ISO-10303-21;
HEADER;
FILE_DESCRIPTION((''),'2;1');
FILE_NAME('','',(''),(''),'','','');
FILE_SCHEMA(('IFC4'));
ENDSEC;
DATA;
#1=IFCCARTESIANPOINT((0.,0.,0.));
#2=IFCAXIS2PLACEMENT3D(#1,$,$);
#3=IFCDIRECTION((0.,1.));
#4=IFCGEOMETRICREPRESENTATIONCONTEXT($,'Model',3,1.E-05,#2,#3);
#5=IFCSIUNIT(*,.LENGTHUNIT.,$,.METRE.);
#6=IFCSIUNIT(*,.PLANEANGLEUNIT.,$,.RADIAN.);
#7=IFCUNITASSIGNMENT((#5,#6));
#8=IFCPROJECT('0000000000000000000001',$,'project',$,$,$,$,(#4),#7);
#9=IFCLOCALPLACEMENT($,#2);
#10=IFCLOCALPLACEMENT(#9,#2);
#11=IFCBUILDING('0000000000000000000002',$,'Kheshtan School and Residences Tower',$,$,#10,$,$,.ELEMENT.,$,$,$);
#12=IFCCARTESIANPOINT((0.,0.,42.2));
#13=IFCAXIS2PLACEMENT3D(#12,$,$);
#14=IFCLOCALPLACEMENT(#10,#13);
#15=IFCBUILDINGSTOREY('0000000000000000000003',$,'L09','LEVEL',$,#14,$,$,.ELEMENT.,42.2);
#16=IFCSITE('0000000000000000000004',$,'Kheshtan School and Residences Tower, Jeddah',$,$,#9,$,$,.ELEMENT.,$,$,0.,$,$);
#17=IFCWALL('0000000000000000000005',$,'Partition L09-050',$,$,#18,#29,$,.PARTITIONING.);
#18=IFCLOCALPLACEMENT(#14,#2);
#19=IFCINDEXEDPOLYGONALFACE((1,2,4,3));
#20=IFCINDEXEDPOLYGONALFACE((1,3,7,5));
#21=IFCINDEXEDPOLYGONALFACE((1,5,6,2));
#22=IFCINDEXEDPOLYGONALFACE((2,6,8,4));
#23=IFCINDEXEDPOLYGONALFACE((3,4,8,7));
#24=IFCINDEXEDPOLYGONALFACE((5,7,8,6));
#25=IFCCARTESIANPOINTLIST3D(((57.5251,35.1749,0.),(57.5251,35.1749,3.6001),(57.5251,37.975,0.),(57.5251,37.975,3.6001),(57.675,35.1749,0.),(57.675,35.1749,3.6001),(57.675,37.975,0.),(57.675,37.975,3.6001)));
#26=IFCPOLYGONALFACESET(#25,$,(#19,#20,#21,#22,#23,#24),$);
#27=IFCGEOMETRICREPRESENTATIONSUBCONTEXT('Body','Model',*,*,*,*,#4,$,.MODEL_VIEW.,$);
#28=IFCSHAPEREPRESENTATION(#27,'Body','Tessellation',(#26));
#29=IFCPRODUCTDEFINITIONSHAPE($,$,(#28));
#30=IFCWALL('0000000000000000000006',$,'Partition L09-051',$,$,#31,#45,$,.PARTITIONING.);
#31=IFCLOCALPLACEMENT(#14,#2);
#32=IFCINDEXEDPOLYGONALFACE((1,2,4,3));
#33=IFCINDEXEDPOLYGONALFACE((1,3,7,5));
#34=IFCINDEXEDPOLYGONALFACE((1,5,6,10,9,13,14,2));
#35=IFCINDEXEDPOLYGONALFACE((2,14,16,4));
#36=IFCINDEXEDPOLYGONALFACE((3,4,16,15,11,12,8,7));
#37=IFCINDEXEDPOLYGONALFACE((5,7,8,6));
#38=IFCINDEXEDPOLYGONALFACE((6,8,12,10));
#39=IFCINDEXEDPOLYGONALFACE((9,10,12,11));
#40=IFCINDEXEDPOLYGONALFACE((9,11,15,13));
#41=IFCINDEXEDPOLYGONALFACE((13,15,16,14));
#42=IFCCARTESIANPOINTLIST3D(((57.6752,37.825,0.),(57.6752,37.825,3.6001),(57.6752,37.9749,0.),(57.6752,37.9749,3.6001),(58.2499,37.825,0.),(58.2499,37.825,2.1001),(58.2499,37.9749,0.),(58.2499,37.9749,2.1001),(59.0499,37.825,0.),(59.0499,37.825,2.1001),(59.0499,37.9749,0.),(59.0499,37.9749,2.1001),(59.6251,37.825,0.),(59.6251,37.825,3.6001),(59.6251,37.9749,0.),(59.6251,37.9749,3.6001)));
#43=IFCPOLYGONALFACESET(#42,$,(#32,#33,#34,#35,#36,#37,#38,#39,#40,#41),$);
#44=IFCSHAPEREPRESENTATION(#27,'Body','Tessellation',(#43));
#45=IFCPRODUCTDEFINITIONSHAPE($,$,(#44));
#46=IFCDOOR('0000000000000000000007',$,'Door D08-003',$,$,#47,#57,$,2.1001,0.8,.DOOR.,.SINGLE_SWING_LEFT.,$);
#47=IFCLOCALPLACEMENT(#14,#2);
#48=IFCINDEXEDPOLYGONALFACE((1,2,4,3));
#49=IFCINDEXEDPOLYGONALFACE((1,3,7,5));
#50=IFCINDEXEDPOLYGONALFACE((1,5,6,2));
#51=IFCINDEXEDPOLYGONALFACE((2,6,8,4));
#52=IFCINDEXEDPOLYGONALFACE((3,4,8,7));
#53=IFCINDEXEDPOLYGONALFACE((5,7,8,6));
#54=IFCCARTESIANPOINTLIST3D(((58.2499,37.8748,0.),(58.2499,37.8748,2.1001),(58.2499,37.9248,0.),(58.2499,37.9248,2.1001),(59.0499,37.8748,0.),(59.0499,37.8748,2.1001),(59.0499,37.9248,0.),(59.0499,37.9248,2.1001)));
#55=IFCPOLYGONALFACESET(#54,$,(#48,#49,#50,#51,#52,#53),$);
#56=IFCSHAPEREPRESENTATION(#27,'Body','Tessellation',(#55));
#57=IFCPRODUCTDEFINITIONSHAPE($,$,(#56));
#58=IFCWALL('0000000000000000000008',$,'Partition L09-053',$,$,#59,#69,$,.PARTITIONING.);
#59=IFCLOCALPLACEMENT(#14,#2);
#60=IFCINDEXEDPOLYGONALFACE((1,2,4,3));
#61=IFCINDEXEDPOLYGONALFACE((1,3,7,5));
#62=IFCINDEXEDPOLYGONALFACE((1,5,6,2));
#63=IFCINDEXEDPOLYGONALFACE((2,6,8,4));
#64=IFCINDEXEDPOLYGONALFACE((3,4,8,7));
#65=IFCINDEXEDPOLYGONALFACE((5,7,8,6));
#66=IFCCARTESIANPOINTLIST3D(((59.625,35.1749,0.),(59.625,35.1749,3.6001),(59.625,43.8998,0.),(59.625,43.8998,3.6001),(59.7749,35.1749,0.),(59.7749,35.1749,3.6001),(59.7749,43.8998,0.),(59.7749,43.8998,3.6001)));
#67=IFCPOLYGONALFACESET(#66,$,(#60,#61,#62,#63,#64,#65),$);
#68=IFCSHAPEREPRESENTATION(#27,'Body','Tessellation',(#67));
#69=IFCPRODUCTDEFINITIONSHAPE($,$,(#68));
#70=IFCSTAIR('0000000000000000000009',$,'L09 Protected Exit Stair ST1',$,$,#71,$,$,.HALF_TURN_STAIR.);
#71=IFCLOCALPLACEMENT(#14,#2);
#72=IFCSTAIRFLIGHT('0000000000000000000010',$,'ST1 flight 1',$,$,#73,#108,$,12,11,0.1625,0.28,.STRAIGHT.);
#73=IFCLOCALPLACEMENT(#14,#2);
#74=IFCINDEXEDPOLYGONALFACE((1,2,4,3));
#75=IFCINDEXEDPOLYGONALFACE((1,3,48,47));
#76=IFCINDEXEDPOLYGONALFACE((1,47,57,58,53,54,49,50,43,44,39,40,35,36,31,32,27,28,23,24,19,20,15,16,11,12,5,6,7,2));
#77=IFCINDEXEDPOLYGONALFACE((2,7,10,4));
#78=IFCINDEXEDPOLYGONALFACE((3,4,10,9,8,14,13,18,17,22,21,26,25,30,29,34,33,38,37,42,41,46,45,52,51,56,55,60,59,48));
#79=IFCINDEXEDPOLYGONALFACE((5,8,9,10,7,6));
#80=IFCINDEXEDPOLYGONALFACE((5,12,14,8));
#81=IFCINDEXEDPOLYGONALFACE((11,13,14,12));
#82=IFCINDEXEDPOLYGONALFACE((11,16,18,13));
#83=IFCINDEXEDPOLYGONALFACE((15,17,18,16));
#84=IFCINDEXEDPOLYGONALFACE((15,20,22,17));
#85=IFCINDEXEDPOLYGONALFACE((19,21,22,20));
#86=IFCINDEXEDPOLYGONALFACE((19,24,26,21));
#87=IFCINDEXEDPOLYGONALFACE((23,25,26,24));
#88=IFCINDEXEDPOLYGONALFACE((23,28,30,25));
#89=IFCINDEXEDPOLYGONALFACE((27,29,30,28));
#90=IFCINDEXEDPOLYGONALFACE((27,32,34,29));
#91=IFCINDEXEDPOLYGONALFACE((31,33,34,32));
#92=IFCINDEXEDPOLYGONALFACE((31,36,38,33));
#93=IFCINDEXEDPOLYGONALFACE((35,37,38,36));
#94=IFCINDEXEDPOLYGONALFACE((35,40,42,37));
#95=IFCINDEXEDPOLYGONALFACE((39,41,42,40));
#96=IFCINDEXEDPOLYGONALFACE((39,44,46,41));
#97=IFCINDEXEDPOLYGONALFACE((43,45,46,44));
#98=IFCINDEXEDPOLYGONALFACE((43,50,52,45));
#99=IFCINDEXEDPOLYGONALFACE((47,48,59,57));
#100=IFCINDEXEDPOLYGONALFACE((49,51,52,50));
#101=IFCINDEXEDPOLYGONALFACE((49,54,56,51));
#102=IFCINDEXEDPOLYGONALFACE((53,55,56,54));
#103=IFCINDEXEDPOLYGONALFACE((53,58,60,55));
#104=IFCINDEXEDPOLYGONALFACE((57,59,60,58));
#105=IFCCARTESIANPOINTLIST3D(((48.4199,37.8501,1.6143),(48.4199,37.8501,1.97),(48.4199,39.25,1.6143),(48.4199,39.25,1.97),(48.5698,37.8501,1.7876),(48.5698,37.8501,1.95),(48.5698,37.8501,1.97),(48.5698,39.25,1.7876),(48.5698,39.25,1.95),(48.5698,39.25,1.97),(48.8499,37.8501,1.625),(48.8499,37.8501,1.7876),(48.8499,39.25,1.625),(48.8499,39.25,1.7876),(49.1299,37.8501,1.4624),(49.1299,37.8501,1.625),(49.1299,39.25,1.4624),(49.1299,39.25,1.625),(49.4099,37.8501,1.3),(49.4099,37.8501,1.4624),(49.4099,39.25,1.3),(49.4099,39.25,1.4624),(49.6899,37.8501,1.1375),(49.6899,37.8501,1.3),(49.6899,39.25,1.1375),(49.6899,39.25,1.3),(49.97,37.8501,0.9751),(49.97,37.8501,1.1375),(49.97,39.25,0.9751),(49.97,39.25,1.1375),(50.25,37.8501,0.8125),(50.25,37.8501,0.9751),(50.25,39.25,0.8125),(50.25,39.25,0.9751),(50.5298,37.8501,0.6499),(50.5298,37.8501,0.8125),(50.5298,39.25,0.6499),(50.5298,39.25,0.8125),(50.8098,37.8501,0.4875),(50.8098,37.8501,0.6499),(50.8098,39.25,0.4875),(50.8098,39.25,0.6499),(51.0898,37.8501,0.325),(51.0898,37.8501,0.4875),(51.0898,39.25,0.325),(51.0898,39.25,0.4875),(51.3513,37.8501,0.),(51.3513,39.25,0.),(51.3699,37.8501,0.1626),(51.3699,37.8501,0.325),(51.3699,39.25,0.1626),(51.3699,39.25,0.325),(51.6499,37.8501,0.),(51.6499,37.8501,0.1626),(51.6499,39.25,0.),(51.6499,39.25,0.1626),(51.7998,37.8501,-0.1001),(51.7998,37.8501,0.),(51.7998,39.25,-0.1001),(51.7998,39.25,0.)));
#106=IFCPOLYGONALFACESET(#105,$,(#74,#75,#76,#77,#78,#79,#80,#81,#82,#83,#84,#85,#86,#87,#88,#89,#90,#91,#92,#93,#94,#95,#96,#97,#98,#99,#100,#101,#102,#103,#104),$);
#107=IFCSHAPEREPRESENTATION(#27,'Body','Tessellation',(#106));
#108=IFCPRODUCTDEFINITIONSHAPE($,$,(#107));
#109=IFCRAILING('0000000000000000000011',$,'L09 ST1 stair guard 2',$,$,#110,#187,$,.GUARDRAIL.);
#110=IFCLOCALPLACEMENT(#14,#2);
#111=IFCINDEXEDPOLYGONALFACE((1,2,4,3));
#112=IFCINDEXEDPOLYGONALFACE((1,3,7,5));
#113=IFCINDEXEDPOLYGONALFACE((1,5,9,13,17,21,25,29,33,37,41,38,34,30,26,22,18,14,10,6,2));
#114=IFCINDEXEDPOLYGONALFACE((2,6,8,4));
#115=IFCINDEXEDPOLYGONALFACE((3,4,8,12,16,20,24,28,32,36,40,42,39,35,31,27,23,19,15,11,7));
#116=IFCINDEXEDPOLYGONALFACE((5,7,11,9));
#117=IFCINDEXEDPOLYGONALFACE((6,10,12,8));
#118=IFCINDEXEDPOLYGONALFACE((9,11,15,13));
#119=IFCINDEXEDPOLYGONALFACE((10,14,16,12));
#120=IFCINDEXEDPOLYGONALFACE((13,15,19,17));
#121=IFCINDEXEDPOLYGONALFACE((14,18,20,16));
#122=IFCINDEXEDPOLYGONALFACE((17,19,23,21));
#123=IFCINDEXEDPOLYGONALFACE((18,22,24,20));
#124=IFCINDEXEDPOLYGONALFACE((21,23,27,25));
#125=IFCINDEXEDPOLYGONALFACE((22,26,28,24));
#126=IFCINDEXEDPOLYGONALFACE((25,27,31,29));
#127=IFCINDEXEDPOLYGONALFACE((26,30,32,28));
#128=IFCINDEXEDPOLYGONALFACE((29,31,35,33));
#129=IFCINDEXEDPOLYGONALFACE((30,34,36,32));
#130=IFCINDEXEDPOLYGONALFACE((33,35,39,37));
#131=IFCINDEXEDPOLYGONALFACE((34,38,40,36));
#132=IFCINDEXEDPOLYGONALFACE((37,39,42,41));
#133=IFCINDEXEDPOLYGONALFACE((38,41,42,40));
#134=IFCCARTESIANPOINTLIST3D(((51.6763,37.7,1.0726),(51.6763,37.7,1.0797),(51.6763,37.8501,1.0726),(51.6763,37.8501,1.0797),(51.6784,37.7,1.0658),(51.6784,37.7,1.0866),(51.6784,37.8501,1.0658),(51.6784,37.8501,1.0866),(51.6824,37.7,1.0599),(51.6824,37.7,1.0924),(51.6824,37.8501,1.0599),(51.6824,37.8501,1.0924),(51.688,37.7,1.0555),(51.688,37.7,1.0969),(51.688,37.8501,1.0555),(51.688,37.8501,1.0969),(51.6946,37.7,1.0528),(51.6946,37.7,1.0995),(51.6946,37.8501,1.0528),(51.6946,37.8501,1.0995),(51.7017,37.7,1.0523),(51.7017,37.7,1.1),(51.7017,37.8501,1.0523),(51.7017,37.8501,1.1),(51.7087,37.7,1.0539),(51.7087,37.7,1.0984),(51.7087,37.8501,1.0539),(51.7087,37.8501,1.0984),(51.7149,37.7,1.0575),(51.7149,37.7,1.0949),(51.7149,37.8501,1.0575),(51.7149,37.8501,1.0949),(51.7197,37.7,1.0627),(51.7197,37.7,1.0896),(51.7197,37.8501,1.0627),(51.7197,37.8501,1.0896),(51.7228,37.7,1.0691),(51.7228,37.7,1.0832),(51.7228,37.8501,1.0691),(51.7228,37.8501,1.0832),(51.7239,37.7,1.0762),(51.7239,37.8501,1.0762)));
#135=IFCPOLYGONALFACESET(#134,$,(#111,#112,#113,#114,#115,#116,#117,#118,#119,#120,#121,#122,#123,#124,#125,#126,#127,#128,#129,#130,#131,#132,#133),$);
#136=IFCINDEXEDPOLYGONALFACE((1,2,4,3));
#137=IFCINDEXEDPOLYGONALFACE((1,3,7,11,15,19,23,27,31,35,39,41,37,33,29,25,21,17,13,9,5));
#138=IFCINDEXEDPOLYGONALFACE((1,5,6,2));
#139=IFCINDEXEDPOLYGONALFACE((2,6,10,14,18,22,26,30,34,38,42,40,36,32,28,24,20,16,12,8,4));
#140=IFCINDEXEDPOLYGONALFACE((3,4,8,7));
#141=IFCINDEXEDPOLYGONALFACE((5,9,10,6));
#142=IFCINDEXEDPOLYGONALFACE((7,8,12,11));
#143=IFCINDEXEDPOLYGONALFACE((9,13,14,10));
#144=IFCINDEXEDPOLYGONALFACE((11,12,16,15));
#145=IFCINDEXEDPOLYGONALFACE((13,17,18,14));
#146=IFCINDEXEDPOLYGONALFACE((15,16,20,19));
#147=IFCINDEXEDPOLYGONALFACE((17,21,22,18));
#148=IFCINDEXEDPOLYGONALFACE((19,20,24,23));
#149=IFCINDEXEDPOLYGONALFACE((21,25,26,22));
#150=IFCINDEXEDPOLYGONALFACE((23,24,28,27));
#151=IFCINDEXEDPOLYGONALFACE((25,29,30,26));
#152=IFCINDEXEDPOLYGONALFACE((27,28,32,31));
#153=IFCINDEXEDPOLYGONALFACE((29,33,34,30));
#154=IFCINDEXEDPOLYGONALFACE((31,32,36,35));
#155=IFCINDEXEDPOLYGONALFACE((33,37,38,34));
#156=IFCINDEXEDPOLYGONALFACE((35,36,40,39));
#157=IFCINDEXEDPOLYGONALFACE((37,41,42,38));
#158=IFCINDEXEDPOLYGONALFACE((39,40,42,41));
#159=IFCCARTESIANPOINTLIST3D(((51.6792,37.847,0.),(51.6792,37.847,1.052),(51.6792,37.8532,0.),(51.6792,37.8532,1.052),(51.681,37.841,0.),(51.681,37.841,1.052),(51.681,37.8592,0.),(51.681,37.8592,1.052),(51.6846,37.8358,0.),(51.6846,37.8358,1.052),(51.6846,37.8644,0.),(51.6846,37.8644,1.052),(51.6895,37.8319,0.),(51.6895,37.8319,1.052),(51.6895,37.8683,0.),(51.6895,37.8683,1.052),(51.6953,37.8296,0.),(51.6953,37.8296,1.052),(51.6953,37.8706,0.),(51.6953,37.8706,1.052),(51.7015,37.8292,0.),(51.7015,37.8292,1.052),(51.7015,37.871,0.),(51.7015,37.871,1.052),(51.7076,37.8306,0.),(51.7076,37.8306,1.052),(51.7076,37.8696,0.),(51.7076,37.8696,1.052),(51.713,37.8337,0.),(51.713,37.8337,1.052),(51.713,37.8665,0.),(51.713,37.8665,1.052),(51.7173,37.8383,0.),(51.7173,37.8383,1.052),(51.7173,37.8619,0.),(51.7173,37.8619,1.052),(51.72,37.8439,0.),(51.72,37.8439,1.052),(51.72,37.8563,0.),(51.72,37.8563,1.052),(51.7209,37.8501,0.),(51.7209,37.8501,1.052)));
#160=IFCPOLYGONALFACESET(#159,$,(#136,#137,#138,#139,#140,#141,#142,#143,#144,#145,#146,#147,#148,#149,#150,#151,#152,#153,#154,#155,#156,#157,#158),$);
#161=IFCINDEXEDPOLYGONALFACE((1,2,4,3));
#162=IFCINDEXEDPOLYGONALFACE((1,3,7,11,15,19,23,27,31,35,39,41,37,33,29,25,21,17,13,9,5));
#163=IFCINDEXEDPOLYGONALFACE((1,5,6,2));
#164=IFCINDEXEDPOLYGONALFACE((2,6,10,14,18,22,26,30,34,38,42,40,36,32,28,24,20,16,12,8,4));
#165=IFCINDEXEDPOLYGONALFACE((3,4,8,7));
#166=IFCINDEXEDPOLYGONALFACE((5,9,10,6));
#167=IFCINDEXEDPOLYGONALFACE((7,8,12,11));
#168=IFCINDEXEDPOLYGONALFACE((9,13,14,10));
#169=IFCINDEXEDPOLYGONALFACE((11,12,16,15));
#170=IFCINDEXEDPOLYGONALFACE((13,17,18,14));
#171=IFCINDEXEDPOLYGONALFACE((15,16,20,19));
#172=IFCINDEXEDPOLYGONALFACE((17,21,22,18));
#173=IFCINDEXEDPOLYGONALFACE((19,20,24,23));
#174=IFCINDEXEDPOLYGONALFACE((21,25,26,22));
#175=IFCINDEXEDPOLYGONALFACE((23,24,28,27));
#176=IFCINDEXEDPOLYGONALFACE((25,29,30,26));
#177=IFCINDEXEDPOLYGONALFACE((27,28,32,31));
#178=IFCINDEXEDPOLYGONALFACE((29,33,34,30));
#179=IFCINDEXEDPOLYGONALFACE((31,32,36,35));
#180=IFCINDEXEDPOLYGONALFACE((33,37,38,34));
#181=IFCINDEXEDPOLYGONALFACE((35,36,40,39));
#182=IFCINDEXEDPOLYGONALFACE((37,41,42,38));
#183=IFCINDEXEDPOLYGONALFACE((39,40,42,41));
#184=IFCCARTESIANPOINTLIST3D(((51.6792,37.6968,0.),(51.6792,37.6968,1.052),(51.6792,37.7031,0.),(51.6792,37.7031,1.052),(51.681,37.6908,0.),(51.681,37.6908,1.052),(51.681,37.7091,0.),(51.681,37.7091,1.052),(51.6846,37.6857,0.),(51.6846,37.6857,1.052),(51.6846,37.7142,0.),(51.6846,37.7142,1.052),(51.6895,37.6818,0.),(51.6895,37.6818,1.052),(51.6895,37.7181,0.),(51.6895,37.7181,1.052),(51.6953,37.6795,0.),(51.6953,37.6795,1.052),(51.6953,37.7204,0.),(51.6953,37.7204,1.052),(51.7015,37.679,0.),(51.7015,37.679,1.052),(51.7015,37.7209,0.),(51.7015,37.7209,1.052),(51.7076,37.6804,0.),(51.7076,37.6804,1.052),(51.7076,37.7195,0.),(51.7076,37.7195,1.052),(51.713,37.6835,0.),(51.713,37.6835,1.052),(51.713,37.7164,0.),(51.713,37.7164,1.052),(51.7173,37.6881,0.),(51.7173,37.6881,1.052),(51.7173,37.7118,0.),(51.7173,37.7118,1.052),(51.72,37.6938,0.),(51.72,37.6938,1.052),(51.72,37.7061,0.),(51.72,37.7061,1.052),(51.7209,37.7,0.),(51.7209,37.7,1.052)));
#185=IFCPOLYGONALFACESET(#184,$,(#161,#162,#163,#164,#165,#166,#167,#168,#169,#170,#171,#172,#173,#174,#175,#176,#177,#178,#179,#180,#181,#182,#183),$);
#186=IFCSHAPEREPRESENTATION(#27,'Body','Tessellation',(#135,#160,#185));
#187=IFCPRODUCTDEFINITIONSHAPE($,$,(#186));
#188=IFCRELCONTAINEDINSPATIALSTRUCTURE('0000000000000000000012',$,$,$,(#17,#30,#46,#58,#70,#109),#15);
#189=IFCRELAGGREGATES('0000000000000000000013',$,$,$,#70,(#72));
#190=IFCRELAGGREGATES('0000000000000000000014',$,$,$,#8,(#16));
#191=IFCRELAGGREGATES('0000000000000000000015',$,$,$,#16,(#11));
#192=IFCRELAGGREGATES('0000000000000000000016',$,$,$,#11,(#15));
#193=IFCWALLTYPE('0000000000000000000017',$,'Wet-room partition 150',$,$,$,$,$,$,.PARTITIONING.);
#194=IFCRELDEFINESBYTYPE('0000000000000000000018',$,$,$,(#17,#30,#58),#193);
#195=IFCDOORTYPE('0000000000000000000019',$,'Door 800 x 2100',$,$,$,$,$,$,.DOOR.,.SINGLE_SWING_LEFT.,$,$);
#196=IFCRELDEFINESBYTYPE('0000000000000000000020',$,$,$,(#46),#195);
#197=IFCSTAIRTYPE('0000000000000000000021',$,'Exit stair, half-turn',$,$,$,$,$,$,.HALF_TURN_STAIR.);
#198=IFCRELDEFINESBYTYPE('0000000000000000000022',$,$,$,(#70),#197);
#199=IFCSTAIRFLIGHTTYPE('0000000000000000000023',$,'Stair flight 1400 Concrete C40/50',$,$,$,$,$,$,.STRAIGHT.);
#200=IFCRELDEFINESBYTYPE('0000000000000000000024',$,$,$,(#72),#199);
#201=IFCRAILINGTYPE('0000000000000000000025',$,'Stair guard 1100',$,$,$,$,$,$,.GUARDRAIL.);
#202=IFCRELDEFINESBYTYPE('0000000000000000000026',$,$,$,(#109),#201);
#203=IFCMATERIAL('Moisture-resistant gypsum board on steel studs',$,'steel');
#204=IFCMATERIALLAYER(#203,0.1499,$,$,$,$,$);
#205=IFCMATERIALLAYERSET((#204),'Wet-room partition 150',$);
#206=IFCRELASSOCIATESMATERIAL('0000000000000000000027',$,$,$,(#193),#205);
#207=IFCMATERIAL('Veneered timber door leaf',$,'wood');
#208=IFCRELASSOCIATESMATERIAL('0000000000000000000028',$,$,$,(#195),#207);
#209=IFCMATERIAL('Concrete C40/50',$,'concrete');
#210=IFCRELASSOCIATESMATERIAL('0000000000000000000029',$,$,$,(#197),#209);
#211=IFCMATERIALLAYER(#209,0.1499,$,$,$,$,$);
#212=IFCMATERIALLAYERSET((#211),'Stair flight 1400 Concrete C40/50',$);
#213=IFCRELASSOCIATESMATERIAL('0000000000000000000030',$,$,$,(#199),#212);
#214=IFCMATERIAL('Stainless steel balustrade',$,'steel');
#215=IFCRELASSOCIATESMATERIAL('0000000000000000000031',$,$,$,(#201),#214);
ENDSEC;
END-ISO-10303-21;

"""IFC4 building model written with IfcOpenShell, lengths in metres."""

from ifc_helpers import new_model, si_unit, direction, frame, frame_2d, origin, origin_2d, place, context, subcontext, project, spatial, polyline, rectangle, circle, outline, extrude, source, transform, mapped, material, layer, layer_set, type_object, element, fill, aggregate, save


model = new_model("IFC4")

# Units and contexts
model_context = context("Model", 3, precision=1e-05, world=origin(), true_north=direction((0.0, 1.0)))
body_context = subcontext(model_context, "Body", "Model", "MODEL_VIEW")
ifc_project = project(units=[si_unit("LENGTHUNIT", "METRE"), si_unit("PLANEANGLEUNIT", "RADIAN")], contexts=[model_context])

# Site, building, storey
site_placement = place(None, origin())
site = spatial("IfcSite", under=ifc_project, at=site_placement, Name="Kheshtan School and Residences Tower, Jeddah", CompositionType="ELEMENT", RefElevation=0.0)
building_placement = place(site_placement, origin())
building = spatial("IfcBuilding", under=site, at=building_placement, Name="Kheshtan School and Residences Tower", CompositionType="ELEMENT")
storey_placement = place(building_placement, frame((0.0, 0.0, 42.2)))
storey = spatial("IfcBuildingStorey", under=building, at=storey_placement, Name="L09", Description="LEVEL", CompositionType="ELEMENT", Elevation=42.2)

# Shared definitions
ifc_material_1 = material(Name="Concrete C40/50", Category="concrete")

# Shared definitions
ifc_material_2 = material(Name="Moisture-resistant gypsum board on steel studs", Category="steel")
ifc_layer_1 = layer(ifc_material_2, 0.1499)
ifc_layer_set_1 = layer_set([ifc_layer_1], Name="Wet-room partition 150")
wall_type_1 = type_object("IfcWallType", Name="Wet-room partition 150", PredefinedType="PARTITIONING", material=ifc_layer_set_1)
ifc_material_3 = material(Name="Veneered timber door leaf", Category="wood")

# Wall
wall_1_placement = place(storey_placement, frame((57.6001, 35.175, 0.0), z_axis=(0.0, 0.0, 1.0), x_axis=(0.0, 1.0, 0.0)))
element("IfcWall", 1, at=wall_1_placement, inside=storey, type_object=wall_type_1, Name="Partition L09-050", PredefinedType="PARTITIONING", context=body_context, shape_type="SweptSolid", body=[
    extrude(rectangle(XDim=2.8, YDim=0.1499, at=frame_2d((1.3999, 0.0))), origin(), (0.0, 0.0, 1.0), 3.6001),
])

# Wall, opening, door
wall_2_placement = place(storey_placement, frame((57.675, 37.8999, 0.0), z_axis=(0.0, 0.0, 1.0), x_axis=(1.0, 0.0, 0.0)))
wall_2 = element("IfcWall", 2, at=wall_2_placement, inside=storey, type_object=wall_type_1, Name="Partition L09-051", PredefinedType="PARTITIONING", context=body_context, shape_type="SweptSolid", body=[
    extrude(rectangle(XDim=1.95, YDim=0.1499, at=frame_2d((0.9751, 0.0))), origin(), (0.0, 0.0, 1.0), 3.6001),
])
opening_1_placement = place(wall_2_placement, frame((0.575, 0.0, 0.0)))
opening_1 = element("IfcOpeningElement", 3, at=opening_1_placement, cuts=wall_2, PredefinedType="OPENING", context=body_context, shape_type="SweptSolid", body=[
    extrude(rectangle(XDim=0.8, YDim=2.1001, at=frame_2d((0.3999, 1.05))), frame((0.0, 0.085, 0.0), z_axis=(0.0, -1.0, 0.0), x_axis=(1.0, 0.0, 0.0)), (0.0, 0.0, 1.0), 0.1699),
])
door_type_1 = type_object("IfcDoorType", Name="Door 800 x 2100", OperationType="SINGLE_SWING_LEFT", PredefinedType="DOOR", material=ifc_material_3)
shared_shape_1 = source(origin(), body_context, "Body", "SweptSolid", [
    extrude(rectangle(XDim=0.8, YDim=2.1001, at=frame_2d((0.3999, 1.05))), frame((0.0, 0.0249, 0.0), z_axis=(0.0, -1.0, 0.0), x_axis=(1.0, 0.0, 0.0)), (0.0, 0.0, 1.0), 0.05),
])
door_1_placement = place(opening_1_placement, origin())
door_1 = element("IfcDoor", 4, at=door_1_placement, inside=storey, type_object=door_type_1, Name="Door D08-003", OperationType="SINGLE_SWING_LEFT", OverallHeight=2.1001, OverallWidth=0.8, PredefinedType="DOOR", context=body_context, shape_type="MappedRepresentation", body=[
    mapped(shared_shape_1, transform((0.0, 0.0, 0.0), x_axis=(1.0, 0.0, 0.0), y_axis=(0.0, 1.0, 0.0), z_axis=(0.0, 0.0, 1.0), scale=1.0)),
])
fill(opening_1, door_1)

# Wall
wall_3_placement = place(storey_placement, frame((59.7, 35.175, 0.0), z_axis=(0.0, 0.0, 1.0), x_axis=(0.0, 1.0, 0.0)))
element("IfcWall", 5, at=wall_3_placement, inside=storey, type_object=wall_type_1, Name="Partition L09-053", PredefinedType="PARTITIONING", context=body_context, shape_type="SweptSolid", body=[
    extrude(rectangle(XDim=8.7249, YDim=0.1499, at=frame_2d((4.3623, 0.0))), origin(), (0.0, 0.0, 1.0), 3.6001),
])

# Stair, stair flight
stair_type = type_object("IfcStairType", Name="Exit stair, half-turn", PredefinedType="HALF_TURN_STAIR", material=ifc_material_1)
stair_placement = place(storey_placement, origin())
stair = element("IfcStair", 6, at=stair_placement, inside=storey, type_object=stair_type, Name="L09 Protected Exit Stair ST1", PredefinedType="HALF_TURN_STAIR")
ifc_layer_2 = layer(ifc_material_1, 0.1499)
ifc_layer_set_2 = layer_set([ifc_layer_2], Name="Stair flight 1400 Concrete C40/50")
stair_flight_type = type_object("IfcStairFlightType", Name="Stair flight 1400 Concrete C40/50", PredefinedType="STRAIGHT", material=ifc_layer_set_2)
stair_flight_placement = place(storey_placement, frame((51.6499, 38.55, 0.0), z_axis=(0.0, 0.0, 1.0), x_axis=(-1.0, 0.0, 0.0)))
stair_flight = element("IfcStairFlight", 7, at=stair_flight_placement, type_object=stair_flight_type, Name="ST1 flight 1", NumberOfRisers=12, NumberOfTreads=11, PredefinedType="STRAIGHT", RiserHeight=0.1625, TreadLength=0.28, context=body_context, shape_type="SweptSolid", body=[
    extrude(outline(polyline([(-0.1499, -0.1001), (-0.1499, 0.0), (0.0, 0.0), (0.0, 0.1626), (0.28, 0.1626), (0.28, 0.325), (0.5601, 0.325), (0.5601, 0.4875), (0.8401, 0.4875), (0.8401, 0.6499), (1.1201, 0.6499), (1.1201, 0.8125), (1.3999, 0.8125), (1.3999, 0.9751), (1.6799, 0.9751), (1.6799, 1.1375), (1.96, 1.1375), (1.96, 1.3), (2.24, 1.3), (2.24, 1.4624), (2.52, 1.4624), (2.52, 1.625), (2.8, 1.625), (2.8, 1.7876), (3.0801, 1.7876), (3.0801, 1.95), (3.0801, 1.97), (3.23, 1.97), (3.23, 1.6143), (0.2986, 0.0), (-0.1499, -0.1001)])), frame((0.0, 0.7, 0.0), z_axis=(0.0, -1.0, 0.0), x_axis=(1.0, 0.0, 0.0)), (0.0, 0.0, 1.0), 1.3999),
])
aggregate(stair, [stair_flight])

# Railing
ifc_material_4 = material(Name="Stainless steel balustrade", Category="steel")
railing_type_1 = type_object("IfcRailingType", Name="Stair guard 1100", PredefinedType="GUARDRAIL", material=ifc_material_4)
railing_1_placement = place(storey_placement, frame((51.7, 37.8501, 0.0)))
element("IfcRailing", 8, at=railing_1_placement, inside=storey, type_object=railing_type_1, Name="L09 ST1 stair guard 2", PredefinedType="GUARDRAIL", context=body_context, shape_type="SweptSolid", body=[
    extrude(circle(Radius=0.0239, at=origin_2d()), frame((0.0, 0.0, 1.0762), z_axis=(0.0, -1.0, 0.0), x_axis=(1.0, 0.0, 0.0)), (0.0, 0.0, 1.0), 0.1501),
    extrude(circle(Radius=0.021, at=origin_2d()), origin(), (0.0, 0.0, 1.0), 1.052),
    extrude(circle(Radius=0.021, at=origin_2d()), frame((0.0, -0.1501, 0.0)), (0.0, 0.0, 1.0), 1.052),
])

save(model, "model.ifc")
